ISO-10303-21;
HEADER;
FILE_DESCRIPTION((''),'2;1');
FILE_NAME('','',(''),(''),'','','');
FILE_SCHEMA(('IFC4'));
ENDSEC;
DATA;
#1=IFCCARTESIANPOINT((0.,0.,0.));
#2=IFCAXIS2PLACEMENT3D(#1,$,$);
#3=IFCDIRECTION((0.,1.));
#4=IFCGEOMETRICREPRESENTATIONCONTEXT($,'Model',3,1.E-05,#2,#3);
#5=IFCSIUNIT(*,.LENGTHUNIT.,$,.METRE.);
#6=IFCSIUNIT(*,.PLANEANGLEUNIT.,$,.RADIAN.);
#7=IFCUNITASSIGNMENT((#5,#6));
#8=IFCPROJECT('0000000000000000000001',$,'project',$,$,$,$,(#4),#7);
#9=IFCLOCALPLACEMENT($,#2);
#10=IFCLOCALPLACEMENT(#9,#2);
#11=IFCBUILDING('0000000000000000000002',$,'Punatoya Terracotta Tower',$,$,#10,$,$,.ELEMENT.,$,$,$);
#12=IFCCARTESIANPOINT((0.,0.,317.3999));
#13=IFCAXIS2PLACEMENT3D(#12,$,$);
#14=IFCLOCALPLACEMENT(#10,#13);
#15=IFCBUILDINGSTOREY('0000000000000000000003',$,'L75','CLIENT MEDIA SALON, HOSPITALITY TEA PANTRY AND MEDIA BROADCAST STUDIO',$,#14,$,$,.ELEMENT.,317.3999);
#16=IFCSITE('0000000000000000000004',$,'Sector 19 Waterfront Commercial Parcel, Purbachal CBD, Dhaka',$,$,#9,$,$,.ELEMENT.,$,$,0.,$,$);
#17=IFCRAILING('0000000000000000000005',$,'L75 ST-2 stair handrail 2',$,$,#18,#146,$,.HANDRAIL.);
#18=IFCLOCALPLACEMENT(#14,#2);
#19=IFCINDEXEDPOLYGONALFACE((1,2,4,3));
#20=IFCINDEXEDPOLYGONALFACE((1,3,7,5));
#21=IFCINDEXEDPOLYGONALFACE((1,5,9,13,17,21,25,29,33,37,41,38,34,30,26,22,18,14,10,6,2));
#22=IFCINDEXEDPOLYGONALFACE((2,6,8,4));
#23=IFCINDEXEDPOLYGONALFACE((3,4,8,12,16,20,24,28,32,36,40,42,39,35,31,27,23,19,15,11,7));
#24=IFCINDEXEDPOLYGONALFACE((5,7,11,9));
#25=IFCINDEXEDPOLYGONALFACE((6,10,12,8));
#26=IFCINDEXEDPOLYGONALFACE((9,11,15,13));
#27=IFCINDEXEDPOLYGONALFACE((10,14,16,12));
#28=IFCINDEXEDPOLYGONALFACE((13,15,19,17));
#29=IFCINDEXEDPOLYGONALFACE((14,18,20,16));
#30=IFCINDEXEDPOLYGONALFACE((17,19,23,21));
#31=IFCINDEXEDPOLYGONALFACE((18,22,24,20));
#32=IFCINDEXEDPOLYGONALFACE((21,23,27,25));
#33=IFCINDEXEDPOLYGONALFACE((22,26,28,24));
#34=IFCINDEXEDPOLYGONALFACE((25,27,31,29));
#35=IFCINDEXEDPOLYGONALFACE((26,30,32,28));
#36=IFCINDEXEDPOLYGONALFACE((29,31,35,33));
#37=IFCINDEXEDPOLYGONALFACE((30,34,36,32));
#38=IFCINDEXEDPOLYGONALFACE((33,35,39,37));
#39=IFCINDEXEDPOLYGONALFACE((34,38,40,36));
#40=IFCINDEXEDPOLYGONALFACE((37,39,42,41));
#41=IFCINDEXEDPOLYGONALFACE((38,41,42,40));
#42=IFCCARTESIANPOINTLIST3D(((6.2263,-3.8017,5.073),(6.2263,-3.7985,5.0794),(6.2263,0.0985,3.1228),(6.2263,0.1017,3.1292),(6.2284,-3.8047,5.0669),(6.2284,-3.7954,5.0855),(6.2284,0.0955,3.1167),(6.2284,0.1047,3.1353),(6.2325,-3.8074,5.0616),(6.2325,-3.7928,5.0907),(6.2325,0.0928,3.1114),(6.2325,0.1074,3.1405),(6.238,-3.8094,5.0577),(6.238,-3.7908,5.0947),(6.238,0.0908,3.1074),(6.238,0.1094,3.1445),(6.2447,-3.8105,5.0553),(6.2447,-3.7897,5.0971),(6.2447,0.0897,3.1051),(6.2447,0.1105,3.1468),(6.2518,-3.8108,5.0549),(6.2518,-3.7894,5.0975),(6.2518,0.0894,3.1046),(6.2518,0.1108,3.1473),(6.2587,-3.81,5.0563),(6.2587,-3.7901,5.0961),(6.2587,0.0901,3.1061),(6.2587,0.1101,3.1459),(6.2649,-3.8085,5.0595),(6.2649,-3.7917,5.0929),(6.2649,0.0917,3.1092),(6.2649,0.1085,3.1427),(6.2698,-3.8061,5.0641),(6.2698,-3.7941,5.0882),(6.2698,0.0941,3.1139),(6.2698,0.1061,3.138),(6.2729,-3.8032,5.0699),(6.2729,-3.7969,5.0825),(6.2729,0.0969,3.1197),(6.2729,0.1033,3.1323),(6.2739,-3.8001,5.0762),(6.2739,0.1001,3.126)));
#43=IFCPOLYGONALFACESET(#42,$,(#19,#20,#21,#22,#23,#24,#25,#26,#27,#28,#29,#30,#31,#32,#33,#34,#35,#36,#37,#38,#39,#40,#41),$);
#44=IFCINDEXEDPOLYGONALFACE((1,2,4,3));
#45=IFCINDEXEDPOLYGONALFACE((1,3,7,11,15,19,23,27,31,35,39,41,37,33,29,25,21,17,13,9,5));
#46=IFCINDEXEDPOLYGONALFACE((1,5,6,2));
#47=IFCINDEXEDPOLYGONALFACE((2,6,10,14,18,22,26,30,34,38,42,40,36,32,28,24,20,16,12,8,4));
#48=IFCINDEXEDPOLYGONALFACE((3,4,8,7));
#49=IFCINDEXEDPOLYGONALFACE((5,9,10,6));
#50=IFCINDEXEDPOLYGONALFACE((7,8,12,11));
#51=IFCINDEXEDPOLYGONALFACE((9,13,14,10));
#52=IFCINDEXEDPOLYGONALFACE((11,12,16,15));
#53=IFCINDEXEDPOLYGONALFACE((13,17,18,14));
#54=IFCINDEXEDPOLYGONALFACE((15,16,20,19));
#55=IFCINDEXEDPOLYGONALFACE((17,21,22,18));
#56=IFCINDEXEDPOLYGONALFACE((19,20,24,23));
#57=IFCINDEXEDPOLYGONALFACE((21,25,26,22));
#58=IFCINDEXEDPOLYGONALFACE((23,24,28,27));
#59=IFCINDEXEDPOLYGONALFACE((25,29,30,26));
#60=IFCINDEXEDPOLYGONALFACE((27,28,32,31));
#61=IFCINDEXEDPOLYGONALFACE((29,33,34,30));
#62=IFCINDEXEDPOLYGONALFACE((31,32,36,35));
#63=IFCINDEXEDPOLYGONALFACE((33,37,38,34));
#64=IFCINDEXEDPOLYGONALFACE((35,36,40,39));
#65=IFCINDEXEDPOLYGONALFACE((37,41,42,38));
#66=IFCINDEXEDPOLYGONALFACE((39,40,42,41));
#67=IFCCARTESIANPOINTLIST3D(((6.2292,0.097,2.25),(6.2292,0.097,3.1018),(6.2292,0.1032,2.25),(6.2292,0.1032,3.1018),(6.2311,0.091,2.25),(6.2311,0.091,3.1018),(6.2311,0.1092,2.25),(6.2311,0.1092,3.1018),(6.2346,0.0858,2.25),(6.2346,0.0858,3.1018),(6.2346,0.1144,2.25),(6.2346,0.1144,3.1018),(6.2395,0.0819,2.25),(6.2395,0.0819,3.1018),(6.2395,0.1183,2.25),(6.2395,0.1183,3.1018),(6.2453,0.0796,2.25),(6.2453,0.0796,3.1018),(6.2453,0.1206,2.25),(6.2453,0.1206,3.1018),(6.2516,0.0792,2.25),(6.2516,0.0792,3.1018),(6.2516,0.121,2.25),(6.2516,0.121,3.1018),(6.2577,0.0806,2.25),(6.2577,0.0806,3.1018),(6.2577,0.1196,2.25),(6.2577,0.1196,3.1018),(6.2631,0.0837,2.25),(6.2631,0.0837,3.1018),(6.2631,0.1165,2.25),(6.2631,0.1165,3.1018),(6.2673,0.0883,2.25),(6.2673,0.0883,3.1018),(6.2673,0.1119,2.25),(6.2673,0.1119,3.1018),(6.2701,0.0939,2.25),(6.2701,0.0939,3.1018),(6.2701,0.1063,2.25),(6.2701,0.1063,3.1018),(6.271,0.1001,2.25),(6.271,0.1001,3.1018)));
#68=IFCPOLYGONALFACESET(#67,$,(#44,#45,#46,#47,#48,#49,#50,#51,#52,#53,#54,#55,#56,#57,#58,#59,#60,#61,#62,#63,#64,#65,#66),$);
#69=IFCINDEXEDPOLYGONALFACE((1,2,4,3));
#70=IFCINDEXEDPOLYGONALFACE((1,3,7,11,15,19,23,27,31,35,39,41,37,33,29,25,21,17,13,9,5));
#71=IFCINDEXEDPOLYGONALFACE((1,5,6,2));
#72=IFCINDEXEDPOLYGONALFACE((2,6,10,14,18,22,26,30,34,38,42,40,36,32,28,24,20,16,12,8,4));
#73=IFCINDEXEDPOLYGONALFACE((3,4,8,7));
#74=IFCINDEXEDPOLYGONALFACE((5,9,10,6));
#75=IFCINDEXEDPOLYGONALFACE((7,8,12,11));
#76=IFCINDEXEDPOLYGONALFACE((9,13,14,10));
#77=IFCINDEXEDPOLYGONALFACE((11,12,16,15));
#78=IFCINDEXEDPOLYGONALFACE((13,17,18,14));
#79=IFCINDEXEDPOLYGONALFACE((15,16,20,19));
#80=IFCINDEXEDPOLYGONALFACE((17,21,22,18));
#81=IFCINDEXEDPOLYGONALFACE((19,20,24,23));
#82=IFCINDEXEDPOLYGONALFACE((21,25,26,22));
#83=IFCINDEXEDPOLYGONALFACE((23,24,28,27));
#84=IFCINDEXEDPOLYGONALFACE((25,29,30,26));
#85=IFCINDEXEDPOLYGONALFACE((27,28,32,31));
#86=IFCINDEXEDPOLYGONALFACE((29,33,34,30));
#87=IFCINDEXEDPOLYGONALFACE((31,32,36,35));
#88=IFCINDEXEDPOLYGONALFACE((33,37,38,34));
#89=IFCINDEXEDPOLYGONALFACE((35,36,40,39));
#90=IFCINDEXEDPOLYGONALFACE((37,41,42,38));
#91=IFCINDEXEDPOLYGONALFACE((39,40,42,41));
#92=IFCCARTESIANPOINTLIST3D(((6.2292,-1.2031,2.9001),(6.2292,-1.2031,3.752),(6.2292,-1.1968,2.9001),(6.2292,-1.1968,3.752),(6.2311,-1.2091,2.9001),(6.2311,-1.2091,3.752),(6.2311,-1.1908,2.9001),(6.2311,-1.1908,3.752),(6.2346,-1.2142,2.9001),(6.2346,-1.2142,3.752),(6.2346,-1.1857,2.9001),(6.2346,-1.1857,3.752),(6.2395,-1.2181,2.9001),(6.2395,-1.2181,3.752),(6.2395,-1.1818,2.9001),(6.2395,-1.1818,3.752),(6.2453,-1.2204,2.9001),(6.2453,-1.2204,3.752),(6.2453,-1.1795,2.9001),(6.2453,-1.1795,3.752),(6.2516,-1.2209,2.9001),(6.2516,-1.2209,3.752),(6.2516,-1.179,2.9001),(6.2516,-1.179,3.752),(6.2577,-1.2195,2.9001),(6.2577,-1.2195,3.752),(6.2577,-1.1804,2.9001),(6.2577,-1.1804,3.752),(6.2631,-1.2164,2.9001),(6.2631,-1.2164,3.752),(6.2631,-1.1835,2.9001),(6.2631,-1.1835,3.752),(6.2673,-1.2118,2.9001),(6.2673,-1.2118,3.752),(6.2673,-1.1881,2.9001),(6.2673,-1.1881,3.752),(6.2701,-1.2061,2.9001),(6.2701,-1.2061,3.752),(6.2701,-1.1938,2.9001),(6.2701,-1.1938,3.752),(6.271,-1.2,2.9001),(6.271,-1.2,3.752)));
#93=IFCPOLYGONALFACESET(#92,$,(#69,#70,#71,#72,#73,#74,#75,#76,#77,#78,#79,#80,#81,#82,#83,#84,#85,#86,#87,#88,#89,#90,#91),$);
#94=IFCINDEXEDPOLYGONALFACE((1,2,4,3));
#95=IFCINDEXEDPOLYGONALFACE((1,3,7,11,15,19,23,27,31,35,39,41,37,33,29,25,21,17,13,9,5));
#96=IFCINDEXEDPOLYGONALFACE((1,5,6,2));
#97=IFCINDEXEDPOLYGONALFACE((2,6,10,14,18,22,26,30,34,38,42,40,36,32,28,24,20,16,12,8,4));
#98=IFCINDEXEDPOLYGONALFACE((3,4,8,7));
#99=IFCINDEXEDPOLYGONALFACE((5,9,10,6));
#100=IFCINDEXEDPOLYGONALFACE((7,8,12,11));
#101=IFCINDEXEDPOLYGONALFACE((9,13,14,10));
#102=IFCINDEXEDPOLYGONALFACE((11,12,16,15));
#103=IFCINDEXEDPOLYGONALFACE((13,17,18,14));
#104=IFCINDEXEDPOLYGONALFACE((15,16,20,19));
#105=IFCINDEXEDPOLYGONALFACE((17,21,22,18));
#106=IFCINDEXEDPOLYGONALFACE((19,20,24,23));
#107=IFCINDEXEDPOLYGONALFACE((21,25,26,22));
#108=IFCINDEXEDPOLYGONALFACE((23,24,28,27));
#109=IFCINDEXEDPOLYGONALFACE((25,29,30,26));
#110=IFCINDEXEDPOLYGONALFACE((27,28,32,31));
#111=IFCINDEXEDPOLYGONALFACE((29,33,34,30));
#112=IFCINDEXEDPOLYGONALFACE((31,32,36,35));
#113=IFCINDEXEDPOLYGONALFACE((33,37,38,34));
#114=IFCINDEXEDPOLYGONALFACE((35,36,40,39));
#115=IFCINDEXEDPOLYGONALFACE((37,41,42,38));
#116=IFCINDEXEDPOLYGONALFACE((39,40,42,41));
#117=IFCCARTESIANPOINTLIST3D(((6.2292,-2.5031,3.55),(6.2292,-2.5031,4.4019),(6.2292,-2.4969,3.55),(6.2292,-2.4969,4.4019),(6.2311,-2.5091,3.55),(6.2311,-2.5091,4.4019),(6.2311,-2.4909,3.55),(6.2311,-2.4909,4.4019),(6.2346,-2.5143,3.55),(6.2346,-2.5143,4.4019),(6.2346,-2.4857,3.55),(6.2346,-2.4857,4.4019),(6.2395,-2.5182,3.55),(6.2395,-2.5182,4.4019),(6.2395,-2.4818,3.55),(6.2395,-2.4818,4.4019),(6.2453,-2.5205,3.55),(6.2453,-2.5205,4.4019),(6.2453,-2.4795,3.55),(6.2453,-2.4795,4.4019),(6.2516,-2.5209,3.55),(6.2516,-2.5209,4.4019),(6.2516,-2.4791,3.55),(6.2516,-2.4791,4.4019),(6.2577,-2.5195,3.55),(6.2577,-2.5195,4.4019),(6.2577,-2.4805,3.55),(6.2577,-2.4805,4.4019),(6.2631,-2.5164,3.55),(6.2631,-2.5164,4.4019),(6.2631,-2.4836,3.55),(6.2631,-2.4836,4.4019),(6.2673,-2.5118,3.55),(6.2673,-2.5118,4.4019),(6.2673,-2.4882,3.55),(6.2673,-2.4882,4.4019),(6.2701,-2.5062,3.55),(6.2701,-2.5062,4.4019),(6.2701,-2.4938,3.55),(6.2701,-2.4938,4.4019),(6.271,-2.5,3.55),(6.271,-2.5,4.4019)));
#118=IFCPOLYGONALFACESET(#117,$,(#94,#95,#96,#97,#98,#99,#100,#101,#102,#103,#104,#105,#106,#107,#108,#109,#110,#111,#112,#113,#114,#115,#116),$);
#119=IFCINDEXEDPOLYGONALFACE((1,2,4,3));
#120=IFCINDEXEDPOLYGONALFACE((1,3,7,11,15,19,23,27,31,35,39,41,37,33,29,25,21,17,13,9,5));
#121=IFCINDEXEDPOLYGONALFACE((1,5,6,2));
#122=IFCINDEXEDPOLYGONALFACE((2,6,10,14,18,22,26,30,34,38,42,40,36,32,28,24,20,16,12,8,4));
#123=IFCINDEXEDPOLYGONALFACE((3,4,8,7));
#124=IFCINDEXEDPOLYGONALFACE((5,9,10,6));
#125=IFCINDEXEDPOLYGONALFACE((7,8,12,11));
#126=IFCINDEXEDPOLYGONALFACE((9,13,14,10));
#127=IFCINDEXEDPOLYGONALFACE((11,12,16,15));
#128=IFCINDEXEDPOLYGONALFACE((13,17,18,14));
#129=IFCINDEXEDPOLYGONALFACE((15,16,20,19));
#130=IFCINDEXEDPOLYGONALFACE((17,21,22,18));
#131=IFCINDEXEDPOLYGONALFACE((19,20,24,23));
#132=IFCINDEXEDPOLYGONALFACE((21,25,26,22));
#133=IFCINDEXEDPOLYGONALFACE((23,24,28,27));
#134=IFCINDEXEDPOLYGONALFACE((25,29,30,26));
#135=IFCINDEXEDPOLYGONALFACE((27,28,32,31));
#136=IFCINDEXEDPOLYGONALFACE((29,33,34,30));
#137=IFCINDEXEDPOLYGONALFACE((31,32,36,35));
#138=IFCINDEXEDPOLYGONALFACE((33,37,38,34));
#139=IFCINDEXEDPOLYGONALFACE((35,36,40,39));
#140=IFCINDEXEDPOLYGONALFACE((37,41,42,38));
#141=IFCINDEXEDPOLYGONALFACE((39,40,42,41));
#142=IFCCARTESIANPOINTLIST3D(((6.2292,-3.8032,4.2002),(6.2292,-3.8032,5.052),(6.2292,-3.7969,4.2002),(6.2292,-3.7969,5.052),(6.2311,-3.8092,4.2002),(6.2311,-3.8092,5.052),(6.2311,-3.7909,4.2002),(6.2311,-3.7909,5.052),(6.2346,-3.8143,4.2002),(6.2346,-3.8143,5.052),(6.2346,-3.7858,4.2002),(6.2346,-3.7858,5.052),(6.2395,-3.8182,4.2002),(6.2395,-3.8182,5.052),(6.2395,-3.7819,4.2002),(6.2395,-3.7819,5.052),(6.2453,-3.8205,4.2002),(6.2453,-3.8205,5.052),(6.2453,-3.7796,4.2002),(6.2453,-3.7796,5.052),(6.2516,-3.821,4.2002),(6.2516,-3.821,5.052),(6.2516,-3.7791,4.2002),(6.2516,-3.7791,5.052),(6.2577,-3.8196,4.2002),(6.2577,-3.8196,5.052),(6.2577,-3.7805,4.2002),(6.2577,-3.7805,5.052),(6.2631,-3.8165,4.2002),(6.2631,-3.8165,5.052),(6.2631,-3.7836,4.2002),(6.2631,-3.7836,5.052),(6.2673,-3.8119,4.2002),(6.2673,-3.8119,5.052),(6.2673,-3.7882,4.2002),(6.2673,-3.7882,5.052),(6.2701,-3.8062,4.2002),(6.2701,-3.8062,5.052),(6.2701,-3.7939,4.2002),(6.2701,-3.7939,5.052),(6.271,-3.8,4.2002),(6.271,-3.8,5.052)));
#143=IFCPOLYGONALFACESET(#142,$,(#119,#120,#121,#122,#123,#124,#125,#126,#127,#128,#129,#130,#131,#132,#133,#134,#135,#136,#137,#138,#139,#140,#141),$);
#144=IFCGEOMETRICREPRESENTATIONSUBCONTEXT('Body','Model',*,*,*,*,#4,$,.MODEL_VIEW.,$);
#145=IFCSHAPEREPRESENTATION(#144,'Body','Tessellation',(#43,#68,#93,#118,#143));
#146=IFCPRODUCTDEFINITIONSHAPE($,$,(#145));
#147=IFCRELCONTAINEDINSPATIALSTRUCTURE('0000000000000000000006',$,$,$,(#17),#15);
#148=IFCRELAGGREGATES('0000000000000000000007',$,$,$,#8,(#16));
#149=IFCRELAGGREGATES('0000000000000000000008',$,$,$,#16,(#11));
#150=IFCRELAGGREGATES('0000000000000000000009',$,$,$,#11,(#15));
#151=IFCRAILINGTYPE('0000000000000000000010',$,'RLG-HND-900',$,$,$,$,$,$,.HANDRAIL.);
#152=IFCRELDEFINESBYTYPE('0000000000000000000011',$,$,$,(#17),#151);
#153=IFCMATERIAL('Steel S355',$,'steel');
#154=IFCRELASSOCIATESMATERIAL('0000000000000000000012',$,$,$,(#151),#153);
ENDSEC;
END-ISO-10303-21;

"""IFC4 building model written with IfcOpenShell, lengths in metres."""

from ifc_helpers import new_model, si_unit, direction, frame, origin, origin_2d, place, context, subcontext, project, spatial, circle, extrude, material, type_object, element, save


model = new_model("IFC4")

# Units and contexts
model_context = context("Model", 3, precision=1e-05, world=origin(), true_north=direction((0.0, 1.0)))
body_context = subcontext(model_context, "Body", "Model", "MODEL_VIEW")
ifc_project = project(units=[si_unit("LENGTHUNIT", "METRE"), si_unit("PLANEANGLEUNIT", "RADIAN")], contexts=[model_context])

# Site, building, storey
site_placement = place(None, origin())
site = spatial("IfcSite", under=ifc_project, at=site_placement, Name="Sector 19 Waterfront Commercial Parcel, Purbachal CBD, Dhaka", CompositionType="ELEMENT", RefElevation=0.0)
building_placement = place(site_placement, origin())
building = spatial("IfcBuilding", under=site, at=building_placement, Name="Punatoya Terracotta Tower", CompositionType="ELEMENT")
storey_placement = place(building_placement, frame((0.0, 0.0, 317.3999)))
storey = spatial("IfcBuildingStorey", under=building, at=storey_placement, Name="L75", Description="CLIENT MEDIA SALON, HOSPITALITY TEA PANTRY AND MEDIA BROADCAST STUDIO", CompositionType="ELEMENT", Elevation=317.3999)

# Railing
ifc_material_1 = material(Name="Steel S355", Category="steel")
railing_type_1 = type_object("IfcRailingType", Name="RLG-HND-900", PredefinedType="HANDRAIL", material=ifc_material_1)
railing_1_placement = place(storey_placement, frame((6.25, 0.1001, 2.25)))
element("IfcRailing", 1, at=railing_1_placement, inside=storey, type_object=railing_type_1, Name="L75 ST-2 stair handrail 2", PredefinedType="HANDRAIL", context=body_context, shape_type="SweptSolid", body=[
    extrude(circle(Radius=0.0239, at=origin_2d()), frame((0.0, 0.0, 0.876), z_axis=(0.0, -0.894416, 0.447236), x_axis=(1.0, 0.0, 0.0)), (0.0, 0.0, 1.0), 4.3606),
    extrude(circle(Radius=0.021, at=origin_2d()), origin(), (0.0, 0.0, 1.0), 0.8518),
    extrude(circle(Radius=0.021, at=origin_2d()), frame((0.0, -1.3, 0.6501)), (0.0, 0.0, 1.0), 0.8518),
    extrude(circle(Radius=0.021, at=origin_2d()), frame((0.0, -2.6001, 1.3)), (0.0, 0.0, 1.0), 0.8518),
    extrude(circle(Radius=0.021, at=origin_2d()), frame((0.0, -3.9001, 1.9502)), (0.0, 0.0, 1.0), 0.8518),
])

save(model, "model.ifc")
